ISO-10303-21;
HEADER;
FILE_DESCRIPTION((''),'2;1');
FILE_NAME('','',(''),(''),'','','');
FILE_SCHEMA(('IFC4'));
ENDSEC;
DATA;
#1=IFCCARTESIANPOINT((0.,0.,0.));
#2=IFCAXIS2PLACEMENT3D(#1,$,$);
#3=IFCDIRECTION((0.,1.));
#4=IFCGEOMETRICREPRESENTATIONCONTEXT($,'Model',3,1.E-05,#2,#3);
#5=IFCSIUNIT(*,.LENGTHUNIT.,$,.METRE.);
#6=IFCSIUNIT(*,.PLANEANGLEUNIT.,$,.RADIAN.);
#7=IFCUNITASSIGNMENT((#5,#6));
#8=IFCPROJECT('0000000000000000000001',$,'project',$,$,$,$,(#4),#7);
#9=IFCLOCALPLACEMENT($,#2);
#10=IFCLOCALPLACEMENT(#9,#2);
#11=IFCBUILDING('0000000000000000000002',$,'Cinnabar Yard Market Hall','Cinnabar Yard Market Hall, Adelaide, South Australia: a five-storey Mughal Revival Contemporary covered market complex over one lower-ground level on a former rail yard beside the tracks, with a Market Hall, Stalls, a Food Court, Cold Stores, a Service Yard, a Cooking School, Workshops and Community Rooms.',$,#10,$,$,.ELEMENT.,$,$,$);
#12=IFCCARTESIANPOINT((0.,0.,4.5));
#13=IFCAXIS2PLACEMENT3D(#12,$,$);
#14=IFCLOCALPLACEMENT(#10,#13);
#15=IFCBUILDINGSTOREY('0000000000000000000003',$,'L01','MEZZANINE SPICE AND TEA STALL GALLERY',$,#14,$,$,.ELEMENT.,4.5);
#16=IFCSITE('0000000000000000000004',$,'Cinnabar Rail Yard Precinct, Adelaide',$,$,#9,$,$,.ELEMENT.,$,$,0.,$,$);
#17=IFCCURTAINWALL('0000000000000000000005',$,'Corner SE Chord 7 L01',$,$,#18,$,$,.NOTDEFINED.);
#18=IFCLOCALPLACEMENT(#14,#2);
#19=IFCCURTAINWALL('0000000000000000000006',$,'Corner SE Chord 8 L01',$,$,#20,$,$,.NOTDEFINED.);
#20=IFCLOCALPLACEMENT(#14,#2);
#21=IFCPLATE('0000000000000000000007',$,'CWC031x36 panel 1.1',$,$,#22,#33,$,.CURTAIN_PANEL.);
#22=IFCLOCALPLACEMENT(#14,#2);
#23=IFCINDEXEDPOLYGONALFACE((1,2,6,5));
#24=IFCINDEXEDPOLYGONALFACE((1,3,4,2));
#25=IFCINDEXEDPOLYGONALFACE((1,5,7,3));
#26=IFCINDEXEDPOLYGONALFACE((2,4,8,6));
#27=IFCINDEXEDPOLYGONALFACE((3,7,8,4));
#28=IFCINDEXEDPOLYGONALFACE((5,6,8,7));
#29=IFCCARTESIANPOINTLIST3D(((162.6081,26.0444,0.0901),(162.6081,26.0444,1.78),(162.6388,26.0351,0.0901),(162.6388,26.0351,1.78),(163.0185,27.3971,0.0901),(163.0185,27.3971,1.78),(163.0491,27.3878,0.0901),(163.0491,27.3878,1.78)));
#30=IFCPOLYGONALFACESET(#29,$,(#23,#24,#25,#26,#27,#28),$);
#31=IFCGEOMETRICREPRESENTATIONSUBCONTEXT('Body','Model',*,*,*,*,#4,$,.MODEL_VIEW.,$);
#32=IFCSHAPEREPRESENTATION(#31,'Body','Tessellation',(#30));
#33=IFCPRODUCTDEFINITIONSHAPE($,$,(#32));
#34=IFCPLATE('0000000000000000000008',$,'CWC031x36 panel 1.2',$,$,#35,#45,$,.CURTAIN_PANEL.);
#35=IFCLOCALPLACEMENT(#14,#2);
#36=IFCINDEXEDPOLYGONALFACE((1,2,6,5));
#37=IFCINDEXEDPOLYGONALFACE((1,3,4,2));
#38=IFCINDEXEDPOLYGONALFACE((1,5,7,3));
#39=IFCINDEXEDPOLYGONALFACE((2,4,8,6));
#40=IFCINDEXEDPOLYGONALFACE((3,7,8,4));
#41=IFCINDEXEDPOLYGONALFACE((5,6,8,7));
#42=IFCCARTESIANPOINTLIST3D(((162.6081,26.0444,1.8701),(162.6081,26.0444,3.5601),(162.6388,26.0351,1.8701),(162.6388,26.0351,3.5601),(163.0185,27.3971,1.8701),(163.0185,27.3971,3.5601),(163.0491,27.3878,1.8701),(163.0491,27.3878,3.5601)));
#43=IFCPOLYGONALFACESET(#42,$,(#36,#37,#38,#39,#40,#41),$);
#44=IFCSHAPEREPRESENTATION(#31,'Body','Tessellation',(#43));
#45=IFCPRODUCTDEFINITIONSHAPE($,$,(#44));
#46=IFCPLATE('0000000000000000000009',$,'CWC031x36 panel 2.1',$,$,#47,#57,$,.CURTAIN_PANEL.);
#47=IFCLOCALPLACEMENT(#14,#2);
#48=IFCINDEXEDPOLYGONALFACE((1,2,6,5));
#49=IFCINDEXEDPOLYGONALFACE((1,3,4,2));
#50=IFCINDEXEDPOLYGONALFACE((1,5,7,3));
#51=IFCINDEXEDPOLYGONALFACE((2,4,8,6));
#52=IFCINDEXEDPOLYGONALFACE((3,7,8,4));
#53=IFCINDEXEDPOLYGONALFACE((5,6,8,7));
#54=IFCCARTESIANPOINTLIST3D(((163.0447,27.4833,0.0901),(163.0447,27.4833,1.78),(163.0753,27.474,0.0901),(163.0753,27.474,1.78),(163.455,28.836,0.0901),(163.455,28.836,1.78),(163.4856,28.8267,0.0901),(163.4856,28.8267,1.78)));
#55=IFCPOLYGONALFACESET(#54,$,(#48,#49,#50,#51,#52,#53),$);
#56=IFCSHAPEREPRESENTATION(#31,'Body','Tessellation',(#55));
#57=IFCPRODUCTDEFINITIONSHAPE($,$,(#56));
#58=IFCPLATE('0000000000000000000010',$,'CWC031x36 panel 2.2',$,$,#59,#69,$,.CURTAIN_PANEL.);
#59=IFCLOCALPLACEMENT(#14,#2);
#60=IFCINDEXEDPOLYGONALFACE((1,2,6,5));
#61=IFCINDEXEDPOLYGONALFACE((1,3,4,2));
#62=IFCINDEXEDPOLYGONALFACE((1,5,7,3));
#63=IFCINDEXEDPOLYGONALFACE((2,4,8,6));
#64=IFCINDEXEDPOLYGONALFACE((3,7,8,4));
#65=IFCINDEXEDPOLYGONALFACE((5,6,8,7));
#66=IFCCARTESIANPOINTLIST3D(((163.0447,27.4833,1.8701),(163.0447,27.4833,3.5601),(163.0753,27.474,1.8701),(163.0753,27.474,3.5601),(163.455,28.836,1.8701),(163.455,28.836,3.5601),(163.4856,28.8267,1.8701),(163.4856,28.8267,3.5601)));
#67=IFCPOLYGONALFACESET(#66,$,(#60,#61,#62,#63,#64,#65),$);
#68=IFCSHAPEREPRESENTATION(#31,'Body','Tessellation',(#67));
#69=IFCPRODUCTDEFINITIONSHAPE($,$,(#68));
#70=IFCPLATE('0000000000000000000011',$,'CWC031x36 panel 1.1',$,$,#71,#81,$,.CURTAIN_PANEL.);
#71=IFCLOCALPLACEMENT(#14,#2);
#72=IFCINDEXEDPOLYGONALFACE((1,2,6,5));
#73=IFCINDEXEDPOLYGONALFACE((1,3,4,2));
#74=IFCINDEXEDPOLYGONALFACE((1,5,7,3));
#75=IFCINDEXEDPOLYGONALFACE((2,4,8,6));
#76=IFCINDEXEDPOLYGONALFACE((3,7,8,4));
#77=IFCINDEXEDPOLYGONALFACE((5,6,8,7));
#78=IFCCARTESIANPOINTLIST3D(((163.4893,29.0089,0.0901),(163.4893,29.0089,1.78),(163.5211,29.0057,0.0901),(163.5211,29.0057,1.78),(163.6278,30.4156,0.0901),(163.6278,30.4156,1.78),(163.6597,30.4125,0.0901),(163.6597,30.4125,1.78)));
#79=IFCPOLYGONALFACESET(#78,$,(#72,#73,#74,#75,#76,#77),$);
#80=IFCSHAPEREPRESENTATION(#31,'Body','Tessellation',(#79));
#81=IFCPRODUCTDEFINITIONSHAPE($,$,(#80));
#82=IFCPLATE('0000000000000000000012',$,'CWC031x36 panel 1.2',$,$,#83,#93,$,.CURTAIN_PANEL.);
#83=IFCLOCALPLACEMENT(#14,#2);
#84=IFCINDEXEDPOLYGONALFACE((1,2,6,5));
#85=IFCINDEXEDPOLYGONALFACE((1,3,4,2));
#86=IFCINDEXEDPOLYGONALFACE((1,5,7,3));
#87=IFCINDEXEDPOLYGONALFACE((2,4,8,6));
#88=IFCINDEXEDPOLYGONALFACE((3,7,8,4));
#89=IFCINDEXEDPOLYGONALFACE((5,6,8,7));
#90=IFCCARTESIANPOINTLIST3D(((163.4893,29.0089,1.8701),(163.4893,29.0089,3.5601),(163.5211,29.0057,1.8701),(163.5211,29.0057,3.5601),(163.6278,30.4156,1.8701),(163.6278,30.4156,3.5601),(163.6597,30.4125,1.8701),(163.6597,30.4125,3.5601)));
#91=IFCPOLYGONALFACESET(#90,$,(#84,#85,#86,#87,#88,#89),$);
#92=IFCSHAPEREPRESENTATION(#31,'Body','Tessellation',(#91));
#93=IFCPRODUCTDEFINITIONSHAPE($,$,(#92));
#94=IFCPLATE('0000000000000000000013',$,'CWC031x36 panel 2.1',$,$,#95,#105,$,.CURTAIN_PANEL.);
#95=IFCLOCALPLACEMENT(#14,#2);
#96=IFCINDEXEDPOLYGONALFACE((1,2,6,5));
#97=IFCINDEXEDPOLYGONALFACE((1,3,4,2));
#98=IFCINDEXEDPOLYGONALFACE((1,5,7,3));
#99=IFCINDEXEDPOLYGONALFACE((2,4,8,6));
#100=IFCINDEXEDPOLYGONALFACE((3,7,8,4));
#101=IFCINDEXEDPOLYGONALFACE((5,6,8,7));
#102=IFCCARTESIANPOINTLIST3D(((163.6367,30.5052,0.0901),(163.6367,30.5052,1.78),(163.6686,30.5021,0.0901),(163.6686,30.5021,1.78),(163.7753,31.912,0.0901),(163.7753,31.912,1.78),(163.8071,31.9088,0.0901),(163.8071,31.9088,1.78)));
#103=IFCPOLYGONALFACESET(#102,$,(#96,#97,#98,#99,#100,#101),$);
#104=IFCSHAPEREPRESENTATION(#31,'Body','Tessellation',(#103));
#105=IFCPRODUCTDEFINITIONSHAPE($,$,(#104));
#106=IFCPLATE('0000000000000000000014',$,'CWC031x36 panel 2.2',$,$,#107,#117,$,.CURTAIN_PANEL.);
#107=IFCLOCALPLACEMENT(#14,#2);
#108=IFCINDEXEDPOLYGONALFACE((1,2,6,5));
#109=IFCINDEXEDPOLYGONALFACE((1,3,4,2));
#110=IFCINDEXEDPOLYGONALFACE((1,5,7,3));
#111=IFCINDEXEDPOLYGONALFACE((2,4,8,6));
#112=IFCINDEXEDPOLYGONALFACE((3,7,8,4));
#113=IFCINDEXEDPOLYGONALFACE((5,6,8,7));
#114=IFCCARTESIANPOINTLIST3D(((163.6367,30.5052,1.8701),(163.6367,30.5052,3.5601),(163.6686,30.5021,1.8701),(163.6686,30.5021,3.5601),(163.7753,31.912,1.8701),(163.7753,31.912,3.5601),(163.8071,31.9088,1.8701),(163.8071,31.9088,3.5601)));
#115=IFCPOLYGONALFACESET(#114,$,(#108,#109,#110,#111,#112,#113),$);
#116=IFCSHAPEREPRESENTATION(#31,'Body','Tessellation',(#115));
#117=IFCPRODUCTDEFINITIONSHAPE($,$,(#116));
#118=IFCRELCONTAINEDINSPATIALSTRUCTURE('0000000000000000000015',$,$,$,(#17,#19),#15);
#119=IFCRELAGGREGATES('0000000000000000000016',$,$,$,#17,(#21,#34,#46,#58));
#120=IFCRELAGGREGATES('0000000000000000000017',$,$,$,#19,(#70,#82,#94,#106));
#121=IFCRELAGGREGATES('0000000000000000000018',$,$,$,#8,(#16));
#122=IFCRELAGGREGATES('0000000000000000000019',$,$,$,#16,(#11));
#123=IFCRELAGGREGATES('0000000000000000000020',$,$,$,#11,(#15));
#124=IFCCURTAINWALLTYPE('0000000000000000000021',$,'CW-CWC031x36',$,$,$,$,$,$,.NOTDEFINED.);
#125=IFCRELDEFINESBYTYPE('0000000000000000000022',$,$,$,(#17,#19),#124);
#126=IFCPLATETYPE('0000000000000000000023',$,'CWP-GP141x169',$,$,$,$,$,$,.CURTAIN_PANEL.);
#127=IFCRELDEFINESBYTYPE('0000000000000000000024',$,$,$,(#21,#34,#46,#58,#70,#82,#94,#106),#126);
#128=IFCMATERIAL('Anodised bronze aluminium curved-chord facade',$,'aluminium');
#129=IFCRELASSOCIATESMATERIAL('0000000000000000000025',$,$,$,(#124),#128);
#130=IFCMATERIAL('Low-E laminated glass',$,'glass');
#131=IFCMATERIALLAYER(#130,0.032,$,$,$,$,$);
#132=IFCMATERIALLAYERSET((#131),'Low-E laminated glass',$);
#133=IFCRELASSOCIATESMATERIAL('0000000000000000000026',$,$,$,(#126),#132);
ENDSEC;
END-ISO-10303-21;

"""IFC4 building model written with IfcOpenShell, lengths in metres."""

from ifc_helpers import new_model, si_unit, direction, frame, origin, origin_2d_with_axis, place, context, subcontext, project, spatial, rectangle, extrude, material, layer, layer_set, type_object, element, aggregate, save


model = new_model("IFC4")

# Units and contexts
model_context = context("Model", 3, precision=1e-05, world=origin(), true_north=direction((0.0, 1.0)))
body_context = subcontext(model_context, "Body", "Model", "MODEL_VIEW")
ifc_project = project(units=[si_unit("LENGTHUNIT", "METRE"), si_unit("PLANEANGLEUNIT", "RADIAN")], contexts=[model_context])

# Site, building, storey
site_placement = place(None, origin())
site = spatial("IfcSite", under=ifc_project, at=site_placement, Name="Cinnabar Rail Yard Precinct, Adelaide", CompositionType="ELEMENT", RefElevation=0.0)
building_placement = place(site_placement, origin())
building = spatial("IfcBuilding", under=site, at=building_placement, Name="Cinnabar Yard Market Hall", Description="Cinnabar Yard Market Hall, Adelaide, South Australia: a five-storey Mughal Revival Contemporary covered market complex over one lower-ground level on a former rail yard beside the tracks, with a Market Hall, Stalls, a Food Court, Cold Stores, a Service Yard, a Cooking School, Workshops and Community Rooms.", CompositionType="ELEMENT")
storey_placement = place(building_placement, frame((0.0, 0.0, 4.5)))
storey = spatial("IfcBuildingStorey", under=building, at=storey_placement, Name="L01", Description="MEZZANINE SPICE AND TEA STALL GALLERY", CompositionType="ELEMENT", Elevation=4.5)

# Shared definitions
ifc_material_1 = material(Name="Anodised bronze aluminium curved-chord facade", Category="aluminium")
curtain_wall_type_1 = type_object("IfcCurtainWallType", Name="CW-CWC031x36", PredefinedType="NOTDEFINED", material=ifc_material_1)

# Curtain walls
curtain_wall_1_placement = place(storey_placement, origin())
curtain_wall_1 = element("IfcCurtainWall", 1, at=curtain_wall_1_placement, inside=storey, type_object=curtain_wall_type_1, Name="Corner SE Chord 7 L01", PredefinedType="NOTDEFINED")
curtain_wall_2_placement = place(storey_placement, origin())
curtain_wall_2 = element("IfcCurtainWall", 2, at=curtain_wall_2_placement, inside=storey, type_object=curtain_wall_type_1, Name="Corner SE Chord 8 L01", PredefinedType="NOTDEFINED")

# Plates
ifc_material_2 = material(Name="Low-E laminated glass", Category="glass")
ifc_layer = layer(ifc_material_2, 0.032)
ifc_layer_set = layer_set([ifc_layer], Name="Low-E laminated glass")
plate_type = type_object("IfcPlateType", Name="CWP-GP141x169", PredefinedType="CURTAIN_PANEL", material=ifc_layer_set)
plate_1_placement = place(storey_placement, frame((162.8286, 26.7161, 0.0901), z_axis=(0.0, 0.0, 1.0), x_axis=(0.290279, 0.956942, 0.0)))
plate_1 = element("IfcPlate", 3, at=plate_1_placement, type_object=plate_type, Name="CWC031x36 panel 1.1", PredefinedType="CURTAIN_PANEL", context=body_context, shape_type="SweptSolid", body=[
    extrude(rectangle(XDim=1.4136, YDim=0.032, at=origin_2d_with_axis()), origin(), (0.0, 0.0, 1.0), 1.6899),
])
plate_2_placement = place(storey_placement, frame((162.8286, 26.7161, 1.8701), z_axis=(0.0, 0.0, 1.0), x_axis=(0.290279, 0.956942, 0.0)))
plate_2 = element("IfcPlate", 4, at=plate_2_placement, type_object=plate_type, Name="CWC031x36 panel 1.2", PredefinedType="CURTAIN_PANEL", context=body_context, shape_type="SweptSolid", body=[
    extrude(rectangle(XDim=1.4136, YDim=0.032, at=origin_2d_with_axis()), origin(), (0.0, 0.0, 1.0), 1.6899),
])
plate_3_placement = place(storey_placement, frame((163.2651, 28.155, 0.0901), z_axis=(0.0, 0.0, 1.0), x_axis=(0.290279, 0.956942, 0.0)))
plate_3 = element("IfcPlate", 5, at=plate_3_placement, type_object=plate_type, Name="CWC031x36 panel 2.1", PredefinedType="CURTAIN_PANEL", context=body_context, shape_type="SweptSolid", body=[
    extrude(rectangle(XDim=1.4136, YDim=0.032, at=origin_2d_with_axis()), origin(), (0.0, 0.0, 1.0), 1.6899),
])
plate_4_placement = place(storey_placement, frame((163.2651, 28.155, 1.8701), z_axis=(0.0, 0.0, 1.0), x_axis=(0.290279, 0.956942, 0.0)))
plate_4 = element("IfcPlate", 6, at=plate_4_placement, type_object=plate_type, Name="CWC031x36 panel 2.2", PredefinedType="CURTAIN_PANEL", context=body_context, shape_type="SweptSolid", body=[
    extrude(rectangle(XDim=1.4136, YDim=0.032, at=origin_2d_with_axis()), origin(), (0.0, 0.0, 1.0), 1.6899),
])
aggregate(curtain_wall_1, [plate_1, plate_2, plate_3, plate_4])
plate_5_placement = place(storey_placement, frame((163.5745, 29.7107, 0.0901), z_axis=(0.0, 0.0, 1.0), x_axis=(0.09802, 0.995184, 0.0)))
plate_5 = element("IfcPlate", 7, at=plate_5_placement, type_object=plate_type, Name="CWC031x36 panel 1.1", PredefinedType="CURTAIN_PANEL", context=body_context, shape_type="SweptSolid", body=[
    extrude(rectangle(XDim=1.4136, YDim=0.032, at=origin_2d_with_axis()), origin(), (0.0, 0.0, 1.0), 1.6899),
])
plate_6_placement = place(storey_placement, frame((163.5745, 29.7107, 1.8701), z_axis=(0.0, 0.0, 1.0), x_axis=(0.09802, 0.995184, 0.0)))
plate_6 = element("IfcPlate", 8, at=plate_6_placement, type_object=plate_type, Name="CWC031x36 panel 1.2", PredefinedType="CURTAIN_PANEL", context=body_context, shape_type="SweptSolid", body=[
    extrude(rectangle(XDim=1.4136, YDim=0.032, at=origin_2d_with_axis()), origin(), (0.0, 0.0, 1.0), 1.6899),
])
plate_7_placement = place(storey_placement, frame((163.7219, 31.207, 0.0901), z_axis=(0.0, 0.0, 1.0), x_axis=(0.09802, 0.995184, 0.0)))
plate_7 = element("IfcPlate", 9, at=plate_7_placement, type_object=plate_type, Name="CWC031x36 panel 2.1", PredefinedType="CURTAIN_PANEL", context=body_context, shape_type="SweptSolid", body=[
    extrude(rectangle(XDim=1.4136, YDim=0.032, at=origin_2d_with_axis()), origin(), (0.0, 0.0, 1.0), 1.6899),
])
plate_8_placement = place(storey_placement, frame((163.7219, 31.207, 1.8701), z_axis=(0.0, 0.0, 1.0), x_axis=(0.09802, 0.995184, 0.0)))
plate_8 = element("IfcPlate", 10, at=plate_8_placement, type_object=plate_type, Name="CWC031x36 panel 2.2", PredefinedType="CURTAIN_PANEL", context=body_context, shape_type="SweptSolid", body=[
    extrude(rectangle(XDim=1.4136, YDim=0.032, at=origin_2d_with_axis()), origin(), (0.0, 0.0, 1.0), 1.6899),
])
aggregate(curtain_wall_2, [plate_5, plate_6, plate_7, plate_8])

save(model, "model.ifc")
